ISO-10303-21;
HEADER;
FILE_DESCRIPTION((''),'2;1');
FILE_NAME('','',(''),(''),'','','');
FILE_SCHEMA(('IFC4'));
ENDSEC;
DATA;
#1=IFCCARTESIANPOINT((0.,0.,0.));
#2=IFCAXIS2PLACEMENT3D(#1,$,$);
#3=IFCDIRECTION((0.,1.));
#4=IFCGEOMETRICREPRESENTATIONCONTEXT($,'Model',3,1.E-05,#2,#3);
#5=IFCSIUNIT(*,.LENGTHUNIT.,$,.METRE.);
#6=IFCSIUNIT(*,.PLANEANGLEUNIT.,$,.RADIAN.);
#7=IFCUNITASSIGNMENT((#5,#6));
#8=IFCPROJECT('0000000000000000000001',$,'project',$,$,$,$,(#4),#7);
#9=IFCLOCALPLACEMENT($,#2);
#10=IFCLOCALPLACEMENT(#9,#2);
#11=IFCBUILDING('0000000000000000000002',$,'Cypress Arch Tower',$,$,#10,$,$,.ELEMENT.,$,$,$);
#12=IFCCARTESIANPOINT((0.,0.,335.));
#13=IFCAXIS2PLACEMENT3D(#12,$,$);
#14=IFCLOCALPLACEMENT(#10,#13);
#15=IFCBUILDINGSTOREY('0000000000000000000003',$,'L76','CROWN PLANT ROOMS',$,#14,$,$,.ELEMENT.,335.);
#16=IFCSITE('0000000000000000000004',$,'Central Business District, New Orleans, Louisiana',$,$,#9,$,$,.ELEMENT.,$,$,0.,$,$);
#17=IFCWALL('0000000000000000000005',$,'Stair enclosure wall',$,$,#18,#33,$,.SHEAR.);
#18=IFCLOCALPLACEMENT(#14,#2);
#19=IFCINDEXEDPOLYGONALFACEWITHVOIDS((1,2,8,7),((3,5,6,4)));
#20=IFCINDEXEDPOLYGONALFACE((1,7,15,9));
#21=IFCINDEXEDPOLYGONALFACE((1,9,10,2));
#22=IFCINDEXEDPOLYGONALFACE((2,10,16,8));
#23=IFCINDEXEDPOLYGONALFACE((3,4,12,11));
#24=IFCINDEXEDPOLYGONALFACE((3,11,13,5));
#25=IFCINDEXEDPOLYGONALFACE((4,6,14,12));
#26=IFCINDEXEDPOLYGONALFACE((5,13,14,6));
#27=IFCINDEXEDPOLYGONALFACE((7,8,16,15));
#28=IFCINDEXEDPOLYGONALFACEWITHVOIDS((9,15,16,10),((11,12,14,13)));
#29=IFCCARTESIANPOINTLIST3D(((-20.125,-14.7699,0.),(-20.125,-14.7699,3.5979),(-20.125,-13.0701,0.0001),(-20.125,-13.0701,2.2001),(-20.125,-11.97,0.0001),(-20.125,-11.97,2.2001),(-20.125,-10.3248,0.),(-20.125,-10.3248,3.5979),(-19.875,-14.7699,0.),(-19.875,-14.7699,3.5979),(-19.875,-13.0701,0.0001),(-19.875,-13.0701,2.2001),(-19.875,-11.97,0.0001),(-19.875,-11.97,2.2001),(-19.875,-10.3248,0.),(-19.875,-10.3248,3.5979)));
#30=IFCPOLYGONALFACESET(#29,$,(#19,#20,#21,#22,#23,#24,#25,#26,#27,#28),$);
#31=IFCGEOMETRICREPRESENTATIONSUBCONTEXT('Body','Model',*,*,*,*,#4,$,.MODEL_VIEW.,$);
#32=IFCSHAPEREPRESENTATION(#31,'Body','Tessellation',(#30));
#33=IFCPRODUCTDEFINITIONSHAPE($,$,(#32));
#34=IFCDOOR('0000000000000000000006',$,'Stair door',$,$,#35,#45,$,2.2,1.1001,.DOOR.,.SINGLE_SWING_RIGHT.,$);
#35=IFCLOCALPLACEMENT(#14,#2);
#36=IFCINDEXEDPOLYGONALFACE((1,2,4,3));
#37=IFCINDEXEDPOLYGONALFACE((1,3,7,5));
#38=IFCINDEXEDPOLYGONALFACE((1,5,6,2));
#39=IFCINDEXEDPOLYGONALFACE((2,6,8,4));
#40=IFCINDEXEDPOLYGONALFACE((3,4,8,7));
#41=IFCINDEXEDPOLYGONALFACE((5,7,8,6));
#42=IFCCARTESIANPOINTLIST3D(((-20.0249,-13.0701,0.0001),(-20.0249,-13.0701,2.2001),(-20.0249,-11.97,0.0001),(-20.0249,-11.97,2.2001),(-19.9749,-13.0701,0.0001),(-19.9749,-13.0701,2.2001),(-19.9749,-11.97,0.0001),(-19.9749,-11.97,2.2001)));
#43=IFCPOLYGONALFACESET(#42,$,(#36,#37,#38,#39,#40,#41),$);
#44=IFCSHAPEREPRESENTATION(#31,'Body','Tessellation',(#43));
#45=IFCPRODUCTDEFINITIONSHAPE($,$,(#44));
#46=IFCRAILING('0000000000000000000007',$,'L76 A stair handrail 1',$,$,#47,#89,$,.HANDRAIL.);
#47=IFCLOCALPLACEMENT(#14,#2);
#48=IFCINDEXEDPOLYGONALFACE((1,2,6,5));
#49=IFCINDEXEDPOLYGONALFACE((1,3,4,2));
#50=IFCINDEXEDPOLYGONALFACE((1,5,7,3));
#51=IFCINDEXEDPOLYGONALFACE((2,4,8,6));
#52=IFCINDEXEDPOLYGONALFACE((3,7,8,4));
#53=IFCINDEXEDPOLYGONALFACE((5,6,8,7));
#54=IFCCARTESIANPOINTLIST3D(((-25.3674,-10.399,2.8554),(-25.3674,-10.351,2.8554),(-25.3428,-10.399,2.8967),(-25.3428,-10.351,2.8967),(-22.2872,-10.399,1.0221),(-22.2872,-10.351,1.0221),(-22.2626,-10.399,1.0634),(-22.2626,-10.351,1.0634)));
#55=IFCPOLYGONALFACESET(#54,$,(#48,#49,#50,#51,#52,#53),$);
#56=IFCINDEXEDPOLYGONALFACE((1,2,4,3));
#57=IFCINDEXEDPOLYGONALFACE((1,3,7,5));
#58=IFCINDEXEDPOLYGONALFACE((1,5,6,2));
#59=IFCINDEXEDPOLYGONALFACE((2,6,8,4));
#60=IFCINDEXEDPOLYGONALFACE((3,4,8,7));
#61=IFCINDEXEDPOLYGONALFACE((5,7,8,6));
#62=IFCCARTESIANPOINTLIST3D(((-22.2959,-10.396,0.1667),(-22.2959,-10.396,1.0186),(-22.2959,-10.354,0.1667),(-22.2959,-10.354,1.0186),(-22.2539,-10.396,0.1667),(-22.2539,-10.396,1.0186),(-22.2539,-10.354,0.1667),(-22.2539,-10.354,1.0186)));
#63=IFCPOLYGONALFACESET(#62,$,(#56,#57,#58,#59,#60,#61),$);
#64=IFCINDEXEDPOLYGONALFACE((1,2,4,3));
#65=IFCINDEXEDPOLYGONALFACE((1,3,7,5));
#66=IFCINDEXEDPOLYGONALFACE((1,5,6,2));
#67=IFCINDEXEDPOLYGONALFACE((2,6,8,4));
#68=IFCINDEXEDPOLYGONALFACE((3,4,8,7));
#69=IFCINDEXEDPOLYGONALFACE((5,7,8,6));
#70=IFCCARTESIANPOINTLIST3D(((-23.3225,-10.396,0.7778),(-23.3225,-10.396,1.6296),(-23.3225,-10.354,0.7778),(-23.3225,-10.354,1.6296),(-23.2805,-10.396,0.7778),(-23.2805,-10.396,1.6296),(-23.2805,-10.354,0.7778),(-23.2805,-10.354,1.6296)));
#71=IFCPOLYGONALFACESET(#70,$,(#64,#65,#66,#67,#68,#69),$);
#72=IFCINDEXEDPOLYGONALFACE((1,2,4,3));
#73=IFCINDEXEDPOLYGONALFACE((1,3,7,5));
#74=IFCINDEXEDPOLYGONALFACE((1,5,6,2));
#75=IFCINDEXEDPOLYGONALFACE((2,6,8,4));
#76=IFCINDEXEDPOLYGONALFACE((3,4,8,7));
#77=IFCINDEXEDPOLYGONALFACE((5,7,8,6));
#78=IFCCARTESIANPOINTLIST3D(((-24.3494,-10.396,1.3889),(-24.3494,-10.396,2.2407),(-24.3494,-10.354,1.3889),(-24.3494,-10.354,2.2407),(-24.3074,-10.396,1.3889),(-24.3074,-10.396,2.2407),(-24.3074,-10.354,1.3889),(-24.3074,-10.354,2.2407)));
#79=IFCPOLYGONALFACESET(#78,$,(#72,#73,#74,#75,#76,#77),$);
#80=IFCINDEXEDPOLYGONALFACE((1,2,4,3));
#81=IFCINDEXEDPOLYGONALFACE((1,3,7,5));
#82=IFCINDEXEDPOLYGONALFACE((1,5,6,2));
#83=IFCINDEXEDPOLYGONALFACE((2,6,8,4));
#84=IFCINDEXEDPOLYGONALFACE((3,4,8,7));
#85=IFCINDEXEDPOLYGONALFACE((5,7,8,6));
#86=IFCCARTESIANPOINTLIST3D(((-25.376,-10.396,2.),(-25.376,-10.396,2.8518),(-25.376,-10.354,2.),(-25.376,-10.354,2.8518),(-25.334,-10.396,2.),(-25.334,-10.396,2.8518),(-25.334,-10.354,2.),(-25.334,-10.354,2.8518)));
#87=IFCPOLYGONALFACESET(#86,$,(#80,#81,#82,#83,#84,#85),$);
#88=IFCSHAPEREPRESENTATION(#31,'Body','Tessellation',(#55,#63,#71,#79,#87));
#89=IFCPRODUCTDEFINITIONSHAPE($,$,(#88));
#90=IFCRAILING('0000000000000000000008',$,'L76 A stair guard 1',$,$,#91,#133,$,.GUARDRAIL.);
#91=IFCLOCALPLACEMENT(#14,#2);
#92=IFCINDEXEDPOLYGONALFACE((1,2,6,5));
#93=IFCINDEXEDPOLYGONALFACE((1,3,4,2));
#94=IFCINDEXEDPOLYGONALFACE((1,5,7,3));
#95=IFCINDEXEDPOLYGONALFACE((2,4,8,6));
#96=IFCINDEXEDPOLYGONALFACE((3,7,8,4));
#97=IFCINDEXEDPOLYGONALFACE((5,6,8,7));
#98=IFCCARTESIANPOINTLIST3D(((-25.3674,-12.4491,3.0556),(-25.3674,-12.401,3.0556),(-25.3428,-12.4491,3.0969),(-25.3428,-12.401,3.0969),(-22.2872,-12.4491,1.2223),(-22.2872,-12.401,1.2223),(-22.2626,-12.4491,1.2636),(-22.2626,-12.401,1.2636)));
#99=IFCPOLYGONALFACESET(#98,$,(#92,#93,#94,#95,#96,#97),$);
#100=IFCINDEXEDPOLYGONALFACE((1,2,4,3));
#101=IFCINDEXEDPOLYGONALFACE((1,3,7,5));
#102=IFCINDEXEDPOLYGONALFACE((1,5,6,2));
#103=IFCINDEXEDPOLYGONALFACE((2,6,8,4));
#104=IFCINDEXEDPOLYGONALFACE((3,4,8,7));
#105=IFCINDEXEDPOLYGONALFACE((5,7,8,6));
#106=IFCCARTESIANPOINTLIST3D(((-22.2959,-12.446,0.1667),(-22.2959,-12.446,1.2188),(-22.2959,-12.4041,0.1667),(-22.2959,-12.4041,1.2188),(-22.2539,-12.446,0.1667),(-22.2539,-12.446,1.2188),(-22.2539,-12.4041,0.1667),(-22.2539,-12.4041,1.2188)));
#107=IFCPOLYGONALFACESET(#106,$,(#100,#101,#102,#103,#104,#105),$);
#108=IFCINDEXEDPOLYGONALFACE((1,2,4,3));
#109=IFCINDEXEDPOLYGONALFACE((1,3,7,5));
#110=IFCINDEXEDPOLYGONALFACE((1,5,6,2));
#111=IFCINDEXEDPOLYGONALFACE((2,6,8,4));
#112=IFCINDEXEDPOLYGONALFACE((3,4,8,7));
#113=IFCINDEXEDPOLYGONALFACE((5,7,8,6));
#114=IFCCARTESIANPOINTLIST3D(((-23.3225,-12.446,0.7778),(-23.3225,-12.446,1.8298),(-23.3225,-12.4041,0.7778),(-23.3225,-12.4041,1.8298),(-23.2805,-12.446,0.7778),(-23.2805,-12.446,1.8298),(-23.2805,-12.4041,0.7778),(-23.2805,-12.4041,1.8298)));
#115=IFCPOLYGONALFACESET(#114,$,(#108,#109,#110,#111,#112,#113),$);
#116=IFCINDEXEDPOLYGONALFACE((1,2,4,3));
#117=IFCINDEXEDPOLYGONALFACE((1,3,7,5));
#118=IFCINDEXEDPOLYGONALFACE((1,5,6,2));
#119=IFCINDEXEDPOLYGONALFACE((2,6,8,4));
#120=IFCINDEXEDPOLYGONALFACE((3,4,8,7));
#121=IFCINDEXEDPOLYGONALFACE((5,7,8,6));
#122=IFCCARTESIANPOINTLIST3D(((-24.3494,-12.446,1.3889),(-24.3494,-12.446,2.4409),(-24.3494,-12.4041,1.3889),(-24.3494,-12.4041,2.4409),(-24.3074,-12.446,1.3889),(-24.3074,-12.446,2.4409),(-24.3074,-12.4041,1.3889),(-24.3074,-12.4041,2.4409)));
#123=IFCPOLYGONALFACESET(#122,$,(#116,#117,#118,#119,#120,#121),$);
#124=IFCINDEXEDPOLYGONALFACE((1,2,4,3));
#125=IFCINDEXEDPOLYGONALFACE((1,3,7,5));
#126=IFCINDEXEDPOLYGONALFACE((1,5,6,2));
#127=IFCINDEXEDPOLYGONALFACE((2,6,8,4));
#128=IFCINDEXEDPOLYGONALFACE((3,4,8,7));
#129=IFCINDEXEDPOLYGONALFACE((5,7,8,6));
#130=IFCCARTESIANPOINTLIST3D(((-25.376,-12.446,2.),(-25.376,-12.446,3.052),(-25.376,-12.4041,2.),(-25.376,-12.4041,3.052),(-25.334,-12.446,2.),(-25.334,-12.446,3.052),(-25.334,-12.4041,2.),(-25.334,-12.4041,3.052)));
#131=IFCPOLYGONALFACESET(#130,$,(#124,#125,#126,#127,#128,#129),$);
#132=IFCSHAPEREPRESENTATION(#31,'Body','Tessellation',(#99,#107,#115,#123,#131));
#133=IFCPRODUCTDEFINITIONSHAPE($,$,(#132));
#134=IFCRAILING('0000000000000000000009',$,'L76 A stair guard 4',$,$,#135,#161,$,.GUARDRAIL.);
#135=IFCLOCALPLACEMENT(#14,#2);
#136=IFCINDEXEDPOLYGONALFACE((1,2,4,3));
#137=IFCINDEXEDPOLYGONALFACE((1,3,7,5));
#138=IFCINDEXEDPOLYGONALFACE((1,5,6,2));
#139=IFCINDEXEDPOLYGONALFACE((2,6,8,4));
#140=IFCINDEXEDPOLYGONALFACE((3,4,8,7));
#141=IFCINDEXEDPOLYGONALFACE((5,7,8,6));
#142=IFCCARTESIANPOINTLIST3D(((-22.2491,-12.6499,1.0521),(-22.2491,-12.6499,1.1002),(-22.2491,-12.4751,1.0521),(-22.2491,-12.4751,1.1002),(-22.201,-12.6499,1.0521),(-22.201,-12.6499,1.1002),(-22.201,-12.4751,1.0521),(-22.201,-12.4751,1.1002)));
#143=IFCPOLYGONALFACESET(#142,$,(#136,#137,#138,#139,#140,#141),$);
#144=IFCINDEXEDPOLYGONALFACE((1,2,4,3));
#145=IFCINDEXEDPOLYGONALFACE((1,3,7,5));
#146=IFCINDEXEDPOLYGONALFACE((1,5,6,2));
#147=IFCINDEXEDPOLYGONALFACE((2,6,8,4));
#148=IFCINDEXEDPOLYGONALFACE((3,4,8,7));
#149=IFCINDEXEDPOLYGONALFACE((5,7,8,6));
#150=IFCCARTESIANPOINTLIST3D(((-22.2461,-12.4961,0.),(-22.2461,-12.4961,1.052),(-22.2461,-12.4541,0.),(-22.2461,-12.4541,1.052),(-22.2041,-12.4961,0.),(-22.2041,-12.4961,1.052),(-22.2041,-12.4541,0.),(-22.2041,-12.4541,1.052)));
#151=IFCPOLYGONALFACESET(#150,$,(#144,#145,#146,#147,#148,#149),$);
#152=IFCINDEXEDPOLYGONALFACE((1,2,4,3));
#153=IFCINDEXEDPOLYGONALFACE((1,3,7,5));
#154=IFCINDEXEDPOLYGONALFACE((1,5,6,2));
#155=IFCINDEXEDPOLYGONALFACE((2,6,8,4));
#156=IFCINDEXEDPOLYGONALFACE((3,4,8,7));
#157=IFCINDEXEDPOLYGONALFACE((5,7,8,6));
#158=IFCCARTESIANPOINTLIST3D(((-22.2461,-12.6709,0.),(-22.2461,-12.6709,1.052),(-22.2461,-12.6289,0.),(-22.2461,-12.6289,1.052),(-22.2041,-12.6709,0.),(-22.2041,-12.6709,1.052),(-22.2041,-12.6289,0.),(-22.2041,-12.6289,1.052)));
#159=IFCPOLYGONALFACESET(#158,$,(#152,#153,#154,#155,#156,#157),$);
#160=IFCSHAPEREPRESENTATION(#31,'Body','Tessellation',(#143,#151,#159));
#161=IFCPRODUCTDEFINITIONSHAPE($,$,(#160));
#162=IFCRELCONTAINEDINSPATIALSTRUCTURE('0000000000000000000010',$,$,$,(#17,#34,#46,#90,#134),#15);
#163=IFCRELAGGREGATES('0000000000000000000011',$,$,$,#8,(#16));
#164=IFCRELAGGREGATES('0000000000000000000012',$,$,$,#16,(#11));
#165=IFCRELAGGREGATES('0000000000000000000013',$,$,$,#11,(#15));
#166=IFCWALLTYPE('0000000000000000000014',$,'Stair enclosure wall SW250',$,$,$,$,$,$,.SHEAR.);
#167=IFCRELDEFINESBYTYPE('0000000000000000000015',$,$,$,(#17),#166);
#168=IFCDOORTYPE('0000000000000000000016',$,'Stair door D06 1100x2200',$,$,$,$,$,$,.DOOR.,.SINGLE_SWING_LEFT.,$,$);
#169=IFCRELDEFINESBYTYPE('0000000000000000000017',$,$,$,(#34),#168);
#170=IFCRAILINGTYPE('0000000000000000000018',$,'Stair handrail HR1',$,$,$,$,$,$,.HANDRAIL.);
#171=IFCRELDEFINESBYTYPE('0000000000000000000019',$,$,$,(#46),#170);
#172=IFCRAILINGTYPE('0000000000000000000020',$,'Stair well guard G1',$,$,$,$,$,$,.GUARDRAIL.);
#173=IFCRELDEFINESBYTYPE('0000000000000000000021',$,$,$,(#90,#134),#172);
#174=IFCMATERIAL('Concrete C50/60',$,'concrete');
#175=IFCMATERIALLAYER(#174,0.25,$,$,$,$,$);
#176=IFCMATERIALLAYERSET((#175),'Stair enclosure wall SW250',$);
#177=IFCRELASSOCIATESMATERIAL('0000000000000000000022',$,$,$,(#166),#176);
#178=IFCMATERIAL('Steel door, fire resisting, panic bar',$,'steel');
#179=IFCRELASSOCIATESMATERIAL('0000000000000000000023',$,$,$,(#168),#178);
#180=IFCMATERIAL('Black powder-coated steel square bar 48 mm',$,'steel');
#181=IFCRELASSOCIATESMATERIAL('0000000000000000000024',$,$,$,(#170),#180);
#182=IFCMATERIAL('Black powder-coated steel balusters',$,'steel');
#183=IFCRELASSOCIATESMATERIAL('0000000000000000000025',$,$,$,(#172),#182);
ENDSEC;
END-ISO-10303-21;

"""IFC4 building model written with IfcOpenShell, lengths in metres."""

from ifc_helpers import new_model, si_unit, direction, frame, frame_2d, origin, origin_2d, place, context, subcontext, project, spatial, rectangle, extrude, material, layer, layer_set, type_object, element, fill, save


model = new_model("IFC4")

# Units and contexts
model_context = context("Model", 3, precision=1e-05, world=origin(), true_north=direction((0.0, 1.0)))
body_context = subcontext(model_context, "Body", "Model", "MODEL_VIEW")
ifc_project = project(units=[si_unit("LENGTHUNIT", "METRE"), si_unit("PLANEANGLEUNIT", "RADIAN")], contexts=[model_context])

# Site, building, storey
site_placement = place(None, origin())
site = spatial("IfcSite", under=ifc_project, at=site_placement, Name="Central Business District, New Orleans, Louisiana", CompositionType="ELEMENT", RefElevation=0.0)
building_placement = place(site_placement, origin())
building = spatial("IfcBuilding", under=site, at=building_placement, Name="Cypress Arch Tower", CompositionType="ELEMENT")
storey_placement = place(building_placement, frame((0.0, 0.0, 335.0)))
storey = spatial("IfcBuildingStorey", under=building, at=storey_placement, Name="L76", Description="CROWN PLANT ROOMS", CompositionType="ELEMENT", Elevation=335.0)

# Wall, opening, door
ifc_material_1 = material(Name="Concrete C50/60", Category="concrete")
ifc_layer_1 = layer(ifc_material_1, 0.25)
ifc_layer_set_1 = layer_set([ifc_layer_1], Name="Stair enclosure wall SW250")
wall_type_1 = type_object("IfcWallType", Name="Stair enclosure wall SW250", PredefinedType="SHEAR", material=ifc_layer_set_1)
wall_1_placement = place(storey_placement, frame((-20.0, -14.77, 0.0), z_axis=(0.0, 0.0, 1.0), x_axis=(0.0, 1.0, 0.0)))
wall_1 = element("IfcWall", 1, at=wall_1_placement, inside=storey, type_object=wall_type_1, Name="Stair enclosure wall", PredefinedType="SHEAR", context=body_context, shape_type="SweptSolid", body=[
    extrude(rectangle(XDim=4.4451, YDim=0.25, at=frame_2d((2.2227, 0.0))), origin(), (0.0, 0.0, 1.0), 3.5979),
])
opening_1_placement = place(wall_1_placement, frame((1.7, 0.0, 0.0)))
opening_1 = element("IfcOpeningElement", 2, at=opening_1_placement, cuts=wall_1, PredefinedType="OPENING", context=body_context, shape_type="SweptSolid", body=[
    extrude(rectangle(XDim=1.1001, YDim=2.2, at=frame_2d((0.55, 1.1001))), frame((0.0, 0.135, 0.0), z_axis=(0.0, -1.0, 0.0), x_axis=(1.0, 0.0, 0.0)), (0.0, 0.0, 1.0), 0.27),
])
ifc_material_2 = material(Name="Steel door, fire resisting, panic bar", Category="steel")
door_type_1 = type_object("IfcDoorType", Name="Stair door D06 1100x2200", OperationType="SINGLE_SWING_LEFT", PredefinedType="DOOR", material=ifc_material_2)
door_1_placement = place(opening_1_placement, origin())
door_1 = element("IfcDoor", 3, at=door_1_placement, inside=storey, type_object=door_type_1, Name="Stair door", OperationType="SINGLE_SWING_RIGHT", OverallHeight=2.2, OverallWidth=1.1001, PredefinedType="DOOR", context=body_context, shape_type="SweptSolid", body=[
    extrude(rectangle(XDim=1.1001, YDim=2.2, at=frame_2d((0.55, 1.1001))), frame((0.0, 0.0249, 0.0), z_axis=(0.0, -1.0, 0.0), x_axis=(1.0, 0.0, 0.0)), (0.0, 0.0, 1.0), 0.05),
])
fill(opening_1, door_1)

# Railings
ifc_material_3 = material(Name="Black powder-coated steel square bar 48 mm", Category="steel")
railing_type_1 = type_object("IfcRailingType", Name="Stair handrail HR1", PredefinedType="HANDRAIL", material=ifc_material_3)
railing_1_placement = place(storey_placement, frame((-22.2749, -10.375, 0.1667)))
element("IfcRailing", 4, at=railing_1_placement, inside=storey, type_object=railing_type_1, Name="L76 A stair handrail 1", PredefinedType="HANDRAIL", context=body_context, shape_type="SweptSolid", body=[
    extrude(rectangle(XDim=0.0481, YDim=0.0481, at=origin_2d()), frame((0.0, 0.0, 0.876), z_axis=(-0.859309, 0.0, 0.511458), x_axis=(0.0, -1.0, 0.0)), (0.0, 0.0, 1.0), 3.5845),
    extrude(rectangle(XDim=0.042, YDim=0.042, at=origin_2d()), origin(), (0.0, 0.0, 1.0), 0.8518),
    extrude(rectangle(XDim=0.042, YDim=0.042, at=origin_2d()), frame((-1.0266, 0.0, 0.6111)), (0.0, 0.0, 1.0), 0.8518),
    extrude(rectangle(XDim=0.042, YDim=0.042, at=origin_2d()), frame((-2.0535, 0.0, 1.2222)), (0.0, 0.0, 1.0), 0.8518),
    extrude(rectangle(XDim=0.042, YDim=0.042, at=origin_2d()), frame((-3.0801, 0.0, 1.8333)), (0.0, 0.0, 1.0), 0.8518),
])
ifc_material_4 = material(Name="Black powder-coated steel balusters", Category="steel")
railing_type_2 = type_object("IfcRailingType", Name="Stair well guard G1", PredefinedType="GUARDRAIL", material=ifc_material_4)
railing_2_placement = place(storey_placement, frame((-22.2749, -12.425, 0.1667)))
element("IfcRailing", 5, at=railing_2_placement, inside=storey, type_object=railing_type_2, Name="L76 A stair guard 1", PredefinedType="GUARDRAIL", context=body_context, shape_type="SweptSolid", body=[
    extrude(rectangle(XDim=0.0481, YDim=0.0481, at=origin_2d()), frame((0.0, 0.0, 1.0762), z_axis=(-0.859309, 0.0, 0.511458), x_axis=(0.0, -1.0, 0.0)), (0.0, 0.0, 1.0), 3.5845),
    extrude(rectangle(XDim=0.042, YDim=0.042, at=origin_2d()), origin(), (0.0, 0.0, 1.0), 1.052),
    extrude(rectangle(XDim=0.042, YDim=0.042, at=origin_2d()), frame((-1.0266, 0.0, 0.6111)), (0.0, 0.0, 1.0), 1.052),
    extrude(rectangle(XDim=0.042, YDim=0.042, at=origin_2d()), frame((-2.0535, 0.0, 1.2222)), (0.0, 0.0, 1.0), 1.052),
    extrude(rectangle(XDim=0.042, YDim=0.042, at=origin_2d()), frame((-3.0801, 0.0, 1.8333)), (0.0, 0.0, 1.0), 1.052),
])
railing_3_placement = place(storey_placement, frame((-22.2251, -12.4751, 0.0)))
element("IfcRailing", 6, at=railing_3_placement, inside=storey, type_object=railing_type_2, Name="L76 A stair guard 4", PredefinedType="GUARDRAIL", context=body_context, shape_type="SweptSolid", body=[
    extrude(rectangle(XDim=0.0481, YDim=0.0481, at=origin_2d()), frame((0.0, 0.0, 1.0762), z_axis=(0.0, -1.0, 0.0), x_axis=(1.0, 0.0, 0.0)), (0.0, 0.0, 1.0), 0.1748),
    extrude(rectangle(XDim=0.042, YDim=0.042, at=origin_2d()), origin(), (0.0, 0.0, 1.0), 1.052),
    extrude(rectangle(XDim=0.042, YDim=0.042, at=origin_2d()), frame((0.0, -0.1748, 0.0)), (0.0, 0.0, 1.0), 1.052),
])

save(model, "model.ifc")
